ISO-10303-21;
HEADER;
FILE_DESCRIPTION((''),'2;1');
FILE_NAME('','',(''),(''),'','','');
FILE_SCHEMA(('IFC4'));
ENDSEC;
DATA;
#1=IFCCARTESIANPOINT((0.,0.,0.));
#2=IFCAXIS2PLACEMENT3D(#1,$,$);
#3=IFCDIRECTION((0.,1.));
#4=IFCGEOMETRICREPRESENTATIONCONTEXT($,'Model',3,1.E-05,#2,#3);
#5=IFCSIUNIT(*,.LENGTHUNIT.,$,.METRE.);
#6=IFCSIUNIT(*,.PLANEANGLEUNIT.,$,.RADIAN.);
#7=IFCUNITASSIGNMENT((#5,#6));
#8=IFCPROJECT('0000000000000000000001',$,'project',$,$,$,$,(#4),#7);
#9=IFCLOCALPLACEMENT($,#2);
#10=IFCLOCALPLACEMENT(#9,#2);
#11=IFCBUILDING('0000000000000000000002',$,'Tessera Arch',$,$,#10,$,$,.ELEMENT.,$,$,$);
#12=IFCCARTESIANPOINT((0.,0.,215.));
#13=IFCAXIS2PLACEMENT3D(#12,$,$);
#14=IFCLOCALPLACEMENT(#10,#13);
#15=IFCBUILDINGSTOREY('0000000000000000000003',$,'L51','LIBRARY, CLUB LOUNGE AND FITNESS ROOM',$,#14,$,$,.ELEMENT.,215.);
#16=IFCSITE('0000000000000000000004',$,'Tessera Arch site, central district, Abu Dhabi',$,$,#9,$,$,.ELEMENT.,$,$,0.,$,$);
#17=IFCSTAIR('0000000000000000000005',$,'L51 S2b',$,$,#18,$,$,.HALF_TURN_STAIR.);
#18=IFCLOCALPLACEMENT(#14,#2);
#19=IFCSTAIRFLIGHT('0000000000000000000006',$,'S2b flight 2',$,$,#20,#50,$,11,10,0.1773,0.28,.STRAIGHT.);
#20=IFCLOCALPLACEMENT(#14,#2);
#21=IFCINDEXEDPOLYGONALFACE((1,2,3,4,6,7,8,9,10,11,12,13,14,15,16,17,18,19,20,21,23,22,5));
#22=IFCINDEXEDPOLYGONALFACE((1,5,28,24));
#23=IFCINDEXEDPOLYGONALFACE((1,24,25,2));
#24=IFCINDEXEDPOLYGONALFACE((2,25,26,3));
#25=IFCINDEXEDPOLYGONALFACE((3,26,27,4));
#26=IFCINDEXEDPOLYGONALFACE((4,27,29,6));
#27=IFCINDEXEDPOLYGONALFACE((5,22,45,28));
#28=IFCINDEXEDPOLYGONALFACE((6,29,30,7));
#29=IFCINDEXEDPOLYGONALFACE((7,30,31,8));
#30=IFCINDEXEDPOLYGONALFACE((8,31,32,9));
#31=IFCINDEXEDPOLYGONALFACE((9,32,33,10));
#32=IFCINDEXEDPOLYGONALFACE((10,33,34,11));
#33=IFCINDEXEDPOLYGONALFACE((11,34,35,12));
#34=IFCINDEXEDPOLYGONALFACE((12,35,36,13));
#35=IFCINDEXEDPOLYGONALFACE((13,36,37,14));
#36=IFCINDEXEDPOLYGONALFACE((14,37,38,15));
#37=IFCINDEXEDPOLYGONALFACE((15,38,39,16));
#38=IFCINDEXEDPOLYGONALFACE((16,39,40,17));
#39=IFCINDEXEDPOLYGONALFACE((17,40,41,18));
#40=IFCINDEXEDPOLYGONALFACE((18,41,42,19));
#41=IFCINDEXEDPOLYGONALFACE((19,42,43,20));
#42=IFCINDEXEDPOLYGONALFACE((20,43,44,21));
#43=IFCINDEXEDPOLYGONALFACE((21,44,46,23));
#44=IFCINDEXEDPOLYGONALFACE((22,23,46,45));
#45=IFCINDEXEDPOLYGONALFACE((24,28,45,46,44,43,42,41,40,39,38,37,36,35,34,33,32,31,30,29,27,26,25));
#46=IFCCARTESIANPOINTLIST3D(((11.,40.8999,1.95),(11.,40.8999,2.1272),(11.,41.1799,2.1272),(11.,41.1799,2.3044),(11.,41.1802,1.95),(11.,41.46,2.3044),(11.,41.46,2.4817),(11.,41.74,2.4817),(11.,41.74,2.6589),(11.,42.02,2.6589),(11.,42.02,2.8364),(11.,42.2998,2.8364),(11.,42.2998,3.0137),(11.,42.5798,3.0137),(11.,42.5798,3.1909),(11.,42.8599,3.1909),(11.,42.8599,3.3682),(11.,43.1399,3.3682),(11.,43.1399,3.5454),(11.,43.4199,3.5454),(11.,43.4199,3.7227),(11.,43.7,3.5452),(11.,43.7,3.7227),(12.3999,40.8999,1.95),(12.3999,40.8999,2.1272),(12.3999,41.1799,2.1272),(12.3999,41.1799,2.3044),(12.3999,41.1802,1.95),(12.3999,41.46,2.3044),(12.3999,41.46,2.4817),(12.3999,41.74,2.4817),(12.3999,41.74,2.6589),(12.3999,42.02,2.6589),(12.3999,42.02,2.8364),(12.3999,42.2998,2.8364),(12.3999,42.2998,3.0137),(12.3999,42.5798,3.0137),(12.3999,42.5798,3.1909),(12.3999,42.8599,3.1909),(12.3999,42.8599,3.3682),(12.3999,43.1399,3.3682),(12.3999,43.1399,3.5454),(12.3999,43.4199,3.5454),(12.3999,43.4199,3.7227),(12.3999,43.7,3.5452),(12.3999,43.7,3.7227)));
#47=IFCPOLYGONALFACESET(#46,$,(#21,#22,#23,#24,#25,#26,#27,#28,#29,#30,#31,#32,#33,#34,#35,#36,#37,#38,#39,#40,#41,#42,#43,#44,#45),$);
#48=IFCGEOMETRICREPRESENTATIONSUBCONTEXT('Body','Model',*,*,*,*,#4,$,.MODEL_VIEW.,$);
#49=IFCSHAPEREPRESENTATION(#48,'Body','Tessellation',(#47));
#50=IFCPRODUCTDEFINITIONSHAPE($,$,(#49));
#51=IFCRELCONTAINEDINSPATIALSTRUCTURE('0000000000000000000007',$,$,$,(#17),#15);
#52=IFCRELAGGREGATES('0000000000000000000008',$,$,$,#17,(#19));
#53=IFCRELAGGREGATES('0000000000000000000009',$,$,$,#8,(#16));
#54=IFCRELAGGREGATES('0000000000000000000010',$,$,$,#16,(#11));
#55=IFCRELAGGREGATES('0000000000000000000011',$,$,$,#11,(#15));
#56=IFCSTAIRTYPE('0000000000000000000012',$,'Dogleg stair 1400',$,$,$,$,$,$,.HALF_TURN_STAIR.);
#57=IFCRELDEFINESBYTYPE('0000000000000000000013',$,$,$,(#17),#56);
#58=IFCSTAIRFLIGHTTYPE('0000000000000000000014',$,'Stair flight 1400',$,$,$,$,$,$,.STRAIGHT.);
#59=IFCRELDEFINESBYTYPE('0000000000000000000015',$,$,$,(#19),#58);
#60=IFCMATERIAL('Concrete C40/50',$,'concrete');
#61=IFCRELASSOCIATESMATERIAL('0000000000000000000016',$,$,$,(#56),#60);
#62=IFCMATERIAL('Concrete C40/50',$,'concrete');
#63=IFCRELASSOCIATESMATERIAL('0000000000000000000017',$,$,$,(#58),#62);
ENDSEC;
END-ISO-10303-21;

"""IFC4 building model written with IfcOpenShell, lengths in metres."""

from ifc_helpers import new_model, si_unit, direction, frame, origin, place, context, subcontext, project, spatial, polyline, outline, extrude, material, type_object, element, aggregate, save


model = new_model("IFC4")

# Units and contexts
model_context = context("Model", 3, precision=1e-05, world=origin(), true_north=direction((0.0, 1.0)))
body_context = subcontext(model_context, "Body", "Model", "MODEL_VIEW")
ifc_project = project(units=[si_unit("LENGTHUNIT", "METRE"), si_unit("PLANEANGLEUNIT", "RADIAN")], contexts=[model_context])

# Site, building, storey
site_placement = place(None, origin())
site = spatial("IfcSite", under=ifc_project, at=site_placement, Name="Tessera Arch site, central district, Abu Dhabi", CompositionType="ELEMENT", RefElevation=0.0)
building_placement = place(site_placement, origin())
building = spatial("IfcBuilding", under=site, at=building_placement, Name="Tessera Arch", CompositionType="ELEMENT")
storey_placement = place(building_placement, frame((0.0, 0.0, 215.0)))
storey = spatial("IfcBuildingStorey", under=building, at=storey_placement, Name="L51", Description="LIBRARY, CLUB LOUNGE AND FITNESS ROOM", CompositionType="ELEMENT", Elevation=215.0)

# Stair, stair flight
ifc_material_1 = material(Name="Concrete C40/50", Category="concrete")
stair_type = type_object("IfcStairType", Name="Dogleg stair 1400", PredefinedType="HALF_TURN_STAIR", material=ifc_material_1)
stair_placement = place(storey_placement, origin())
stair = element("IfcStair", 1, at=stair_placement, inside=storey, type_object=stair_type, Name="L51 S2b", PredefinedType="HALF_TURN_STAIR")
ifc_material_2 = material(Name="Concrete C40/50", Category="concrete")
stair_flight_type = type_object("IfcStairFlightType", Name="Stair flight 1400", PredefinedType="STRAIGHT", material=ifc_material_2)
stair_flight_1_placement = place(storey_placement, frame((11.7, 40.8999, 1.95), z_axis=(0.0, 0.0, 1.0), x_axis=(0.0, 1.0, 0.0)))
stair_flight_1 = element("IfcStairFlight", 2, at=stair_flight_1_placement, type_object=stair_flight_type, Name="S2b flight 2", NumberOfRisers=11, NumberOfTreads=10, PredefinedType="STRAIGHT", RiserHeight=0.1773, TreadLength=0.28, context=body_context, shape_type="SweptSolid", body=[
    extrude(outline(polyline([(0.0, 0.0), (0.0, 0.1772), (0.28, 0.1772), (0.28, 0.3545), (0.5601, 0.3545), (0.5601, 0.5317), (0.8401, 0.5317), (0.8401, 0.709), (1.1201, 0.709), (1.1201, 0.8865), (1.3999, 0.8865), (1.3999, 1.0637), (1.6799, 1.0637), (1.6799, 1.241), (1.96, 1.241), (1.96, 1.4182), (2.24, 1.4182), (2.24, 1.5955), (2.52, 1.5955), (2.52, 1.7727), (2.8, 1.7727), (2.8, 1.95), (2.8, 1.5952), (0.2803, 0.0), (0.0, 0.0)])), frame((0.0, 0.7, 0.0), z_axis=(0.0, -1.0, 0.0), x_axis=(1.0, 0.0, 0.0)), (0.0, 0.0, 1.0), 1.3999),
])
aggregate(stair, [stair_flight_1])

save(model, "model.ifc")
